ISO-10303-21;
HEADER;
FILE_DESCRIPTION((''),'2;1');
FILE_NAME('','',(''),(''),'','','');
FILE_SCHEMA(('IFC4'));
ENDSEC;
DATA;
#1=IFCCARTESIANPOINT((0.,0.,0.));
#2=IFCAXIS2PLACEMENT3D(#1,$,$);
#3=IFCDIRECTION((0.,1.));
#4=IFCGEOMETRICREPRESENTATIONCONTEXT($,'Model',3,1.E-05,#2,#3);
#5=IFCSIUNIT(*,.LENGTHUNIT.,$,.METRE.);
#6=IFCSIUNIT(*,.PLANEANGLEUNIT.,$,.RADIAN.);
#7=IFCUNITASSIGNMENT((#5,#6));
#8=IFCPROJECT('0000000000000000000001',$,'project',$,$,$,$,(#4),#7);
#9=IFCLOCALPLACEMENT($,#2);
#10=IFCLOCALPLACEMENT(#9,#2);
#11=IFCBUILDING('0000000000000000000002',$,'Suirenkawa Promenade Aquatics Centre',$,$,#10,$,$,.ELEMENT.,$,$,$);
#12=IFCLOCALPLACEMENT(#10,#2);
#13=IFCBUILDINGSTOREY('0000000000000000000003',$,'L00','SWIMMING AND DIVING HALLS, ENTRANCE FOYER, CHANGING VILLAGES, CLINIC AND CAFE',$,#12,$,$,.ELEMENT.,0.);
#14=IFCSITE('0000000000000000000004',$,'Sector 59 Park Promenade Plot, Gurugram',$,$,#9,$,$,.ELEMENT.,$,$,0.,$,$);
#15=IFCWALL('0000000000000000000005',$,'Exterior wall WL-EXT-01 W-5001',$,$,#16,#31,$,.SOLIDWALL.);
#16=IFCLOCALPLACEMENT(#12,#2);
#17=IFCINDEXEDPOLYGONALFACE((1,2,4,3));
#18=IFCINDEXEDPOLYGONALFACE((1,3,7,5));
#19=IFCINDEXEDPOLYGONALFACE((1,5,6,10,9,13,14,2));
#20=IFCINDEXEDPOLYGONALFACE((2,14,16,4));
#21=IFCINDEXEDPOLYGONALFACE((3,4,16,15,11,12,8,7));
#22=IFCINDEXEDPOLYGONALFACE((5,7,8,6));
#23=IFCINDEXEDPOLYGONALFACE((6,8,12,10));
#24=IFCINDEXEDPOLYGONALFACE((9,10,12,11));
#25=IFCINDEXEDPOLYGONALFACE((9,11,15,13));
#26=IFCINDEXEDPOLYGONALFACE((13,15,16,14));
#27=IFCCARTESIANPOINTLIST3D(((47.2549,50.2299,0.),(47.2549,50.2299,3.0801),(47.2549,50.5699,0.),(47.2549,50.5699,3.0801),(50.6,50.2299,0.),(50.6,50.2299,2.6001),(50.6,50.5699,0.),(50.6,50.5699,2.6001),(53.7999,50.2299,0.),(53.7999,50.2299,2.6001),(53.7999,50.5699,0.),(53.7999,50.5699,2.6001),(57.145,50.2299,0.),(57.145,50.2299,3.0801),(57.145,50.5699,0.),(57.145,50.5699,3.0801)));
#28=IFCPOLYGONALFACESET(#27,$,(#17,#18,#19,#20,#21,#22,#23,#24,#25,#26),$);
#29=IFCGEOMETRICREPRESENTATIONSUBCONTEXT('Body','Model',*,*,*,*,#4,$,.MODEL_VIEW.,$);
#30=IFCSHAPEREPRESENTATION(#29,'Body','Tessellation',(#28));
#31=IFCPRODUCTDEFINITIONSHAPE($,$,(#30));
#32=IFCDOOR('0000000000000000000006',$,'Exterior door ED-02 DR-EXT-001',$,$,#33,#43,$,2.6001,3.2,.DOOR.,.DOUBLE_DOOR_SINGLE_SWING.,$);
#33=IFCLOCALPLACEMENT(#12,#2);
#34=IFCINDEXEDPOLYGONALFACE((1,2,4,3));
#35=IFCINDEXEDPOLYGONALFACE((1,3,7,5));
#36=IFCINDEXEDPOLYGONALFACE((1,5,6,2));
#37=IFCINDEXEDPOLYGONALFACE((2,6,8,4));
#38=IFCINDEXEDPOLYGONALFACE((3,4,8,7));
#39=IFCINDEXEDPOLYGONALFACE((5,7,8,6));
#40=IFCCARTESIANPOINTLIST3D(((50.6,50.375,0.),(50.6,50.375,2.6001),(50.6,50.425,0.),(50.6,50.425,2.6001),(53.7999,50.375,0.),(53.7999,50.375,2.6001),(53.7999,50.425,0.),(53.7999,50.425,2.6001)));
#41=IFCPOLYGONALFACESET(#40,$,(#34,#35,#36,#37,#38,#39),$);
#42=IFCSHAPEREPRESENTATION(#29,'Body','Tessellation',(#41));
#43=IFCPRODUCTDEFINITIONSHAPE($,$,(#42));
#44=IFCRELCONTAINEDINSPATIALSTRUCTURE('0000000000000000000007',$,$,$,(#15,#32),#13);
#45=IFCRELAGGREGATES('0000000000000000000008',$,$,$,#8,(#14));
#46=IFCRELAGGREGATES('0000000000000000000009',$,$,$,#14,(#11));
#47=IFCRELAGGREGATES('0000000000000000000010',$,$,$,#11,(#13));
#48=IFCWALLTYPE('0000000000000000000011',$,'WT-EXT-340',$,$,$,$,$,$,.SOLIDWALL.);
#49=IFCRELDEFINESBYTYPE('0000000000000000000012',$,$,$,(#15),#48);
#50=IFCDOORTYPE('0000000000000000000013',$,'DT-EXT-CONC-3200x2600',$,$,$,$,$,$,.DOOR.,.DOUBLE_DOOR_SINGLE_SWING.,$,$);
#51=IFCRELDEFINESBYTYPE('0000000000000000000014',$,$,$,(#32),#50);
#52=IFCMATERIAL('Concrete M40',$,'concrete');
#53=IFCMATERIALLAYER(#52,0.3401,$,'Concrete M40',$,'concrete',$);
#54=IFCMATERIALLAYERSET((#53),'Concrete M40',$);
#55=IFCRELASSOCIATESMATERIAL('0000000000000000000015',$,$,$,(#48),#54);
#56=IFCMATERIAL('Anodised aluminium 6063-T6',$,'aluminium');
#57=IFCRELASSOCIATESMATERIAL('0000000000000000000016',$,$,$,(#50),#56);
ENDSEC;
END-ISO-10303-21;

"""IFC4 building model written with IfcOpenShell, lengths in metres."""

from ifc_helpers import new_model, si_unit, direction, frame, frame_2d, origin, place, context, subcontext, project, spatial, rectangle, extrude, material, layer, layer_set, type_object, element, fill, save


model = new_model("IFC4")

# Units and contexts
model_context = context("Model", 3, precision=1e-05, world=origin(), true_north=direction((0.0, 1.0)))
body_context = subcontext(model_context, "Body", "Model", "MODEL_VIEW")
ifc_project = project(units=[si_unit("LENGTHUNIT", "METRE"), si_unit("PLANEANGLEUNIT", "RADIAN")], contexts=[model_context])

# Site, building, storey
site_placement = place(None, origin())
site = spatial("IfcSite", under=ifc_project, at=site_placement, Name="Sector 59 Park Promenade Plot, Gurugram", CompositionType="ELEMENT", RefElevation=0.0)
building_placement = place(site_placement, origin())
building = spatial("IfcBuilding", under=site, at=building_placement, Name="Suirenkawa Promenade Aquatics Centre", CompositionType="ELEMENT")
storey_placement = place(building_placement, origin())
storey = spatial("IfcBuildingStorey", under=building, at=storey_placement, Name="L00", Description="SWIMMING AND DIVING HALLS, ENTRANCE FOYER, CHANGING VILLAGES, CLINIC AND CAFE", CompositionType="ELEMENT", Elevation=0.0)

# Shared definitions
ifc_material_1 = material(Name="Concrete M40", Category="concrete")

# Shared definitions
ifc_material_2 = material(Name="Anodised aluminium 6063-T6", Category="aluminium")

# Wall, opening, door
ifc_layer_1 = layer(ifc_material_1, 0.3401, Name="Concrete M40", Category="concrete")
ifc_layer_set_1 = layer_set([ifc_layer_1], Name="Concrete M40")
wall_type = type_object("IfcWallType", Name="WT-EXT-340", PredefinedType="SOLIDWALL", material=ifc_layer_set_1)
wall_placement = place(storey_placement, frame((57.145, 50.3999, 0.0), z_axis=(0.0, 0.0, 1.0), x_axis=(-1.0, 0.0, 0.0)))
wall = element("IfcWall", 1, at=wall_placement, inside=storey, type_object=wall_type, Name="Exterior wall WL-EXT-01 W-5001", PredefinedType="SOLIDWALL", context=body_context, shape_type="SweptSolid", body=[
    extrude(rectangle(XDim=9.8901, YDim=0.3401, at=frame_2d((4.9451, 0.0))), origin(), (0.0, 0.0, 1.0), 3.0801),
])
opening_placement = place(wall_placement, frame((3.345, 0.0, 0.0)))
opening = element("IfcOpeningElement", 2, at=opening_placement, cuts=wall, PredefinedType="OPENING", context=body_context, shape_type="SweptSolid", body=[
    extrude(rectangle(XDim=3.2, YDim=2.6001, at=frame_2d((1.6001, 1.3))), frame((0.0, 0.1799, 0.0), z_axis=(0.0, -1.0, 0.0), x_axis=(1.0, 0.0, 0.0)), (0.0, 0.0, 1.0), 0.3601),
])
door_type = type_object("IfcDoorType", Name="DT-EXT-CONC-3200x2600", OperationType="DOUBLE_DOOR_SINGLE_SWING", PredefinedType="DOOR", material=ifc_material_2)
door_placement = place(opening_placement, origin())
door = element("IfcDoor", 3, at=door_placement, inside=storey, type_object=door_type, Name="Exterior door ED-02 DR-EXT-001", OperationType="DOUBLE_DOOR_SINGLE_SWING", OverallHeight=2.6001, OverallWidth=3.2, PredefinedType="DOOR", context=body_context, shape_type="SweptSolid", body=[
    extrude(rectangle(XDim=3.2, YDim=2.6001, at=frame_2d((1.6001, 1.3))), frame((0.0, 0.0249, 0.0), z_axis=(0.0, -1.0, 0.0), x_axis=(1.0, 0.0, 0.0)), (0.0, 0.0, 1.0), 0.05),
])
fill(opening, door)

save(model, "model.ifc")
